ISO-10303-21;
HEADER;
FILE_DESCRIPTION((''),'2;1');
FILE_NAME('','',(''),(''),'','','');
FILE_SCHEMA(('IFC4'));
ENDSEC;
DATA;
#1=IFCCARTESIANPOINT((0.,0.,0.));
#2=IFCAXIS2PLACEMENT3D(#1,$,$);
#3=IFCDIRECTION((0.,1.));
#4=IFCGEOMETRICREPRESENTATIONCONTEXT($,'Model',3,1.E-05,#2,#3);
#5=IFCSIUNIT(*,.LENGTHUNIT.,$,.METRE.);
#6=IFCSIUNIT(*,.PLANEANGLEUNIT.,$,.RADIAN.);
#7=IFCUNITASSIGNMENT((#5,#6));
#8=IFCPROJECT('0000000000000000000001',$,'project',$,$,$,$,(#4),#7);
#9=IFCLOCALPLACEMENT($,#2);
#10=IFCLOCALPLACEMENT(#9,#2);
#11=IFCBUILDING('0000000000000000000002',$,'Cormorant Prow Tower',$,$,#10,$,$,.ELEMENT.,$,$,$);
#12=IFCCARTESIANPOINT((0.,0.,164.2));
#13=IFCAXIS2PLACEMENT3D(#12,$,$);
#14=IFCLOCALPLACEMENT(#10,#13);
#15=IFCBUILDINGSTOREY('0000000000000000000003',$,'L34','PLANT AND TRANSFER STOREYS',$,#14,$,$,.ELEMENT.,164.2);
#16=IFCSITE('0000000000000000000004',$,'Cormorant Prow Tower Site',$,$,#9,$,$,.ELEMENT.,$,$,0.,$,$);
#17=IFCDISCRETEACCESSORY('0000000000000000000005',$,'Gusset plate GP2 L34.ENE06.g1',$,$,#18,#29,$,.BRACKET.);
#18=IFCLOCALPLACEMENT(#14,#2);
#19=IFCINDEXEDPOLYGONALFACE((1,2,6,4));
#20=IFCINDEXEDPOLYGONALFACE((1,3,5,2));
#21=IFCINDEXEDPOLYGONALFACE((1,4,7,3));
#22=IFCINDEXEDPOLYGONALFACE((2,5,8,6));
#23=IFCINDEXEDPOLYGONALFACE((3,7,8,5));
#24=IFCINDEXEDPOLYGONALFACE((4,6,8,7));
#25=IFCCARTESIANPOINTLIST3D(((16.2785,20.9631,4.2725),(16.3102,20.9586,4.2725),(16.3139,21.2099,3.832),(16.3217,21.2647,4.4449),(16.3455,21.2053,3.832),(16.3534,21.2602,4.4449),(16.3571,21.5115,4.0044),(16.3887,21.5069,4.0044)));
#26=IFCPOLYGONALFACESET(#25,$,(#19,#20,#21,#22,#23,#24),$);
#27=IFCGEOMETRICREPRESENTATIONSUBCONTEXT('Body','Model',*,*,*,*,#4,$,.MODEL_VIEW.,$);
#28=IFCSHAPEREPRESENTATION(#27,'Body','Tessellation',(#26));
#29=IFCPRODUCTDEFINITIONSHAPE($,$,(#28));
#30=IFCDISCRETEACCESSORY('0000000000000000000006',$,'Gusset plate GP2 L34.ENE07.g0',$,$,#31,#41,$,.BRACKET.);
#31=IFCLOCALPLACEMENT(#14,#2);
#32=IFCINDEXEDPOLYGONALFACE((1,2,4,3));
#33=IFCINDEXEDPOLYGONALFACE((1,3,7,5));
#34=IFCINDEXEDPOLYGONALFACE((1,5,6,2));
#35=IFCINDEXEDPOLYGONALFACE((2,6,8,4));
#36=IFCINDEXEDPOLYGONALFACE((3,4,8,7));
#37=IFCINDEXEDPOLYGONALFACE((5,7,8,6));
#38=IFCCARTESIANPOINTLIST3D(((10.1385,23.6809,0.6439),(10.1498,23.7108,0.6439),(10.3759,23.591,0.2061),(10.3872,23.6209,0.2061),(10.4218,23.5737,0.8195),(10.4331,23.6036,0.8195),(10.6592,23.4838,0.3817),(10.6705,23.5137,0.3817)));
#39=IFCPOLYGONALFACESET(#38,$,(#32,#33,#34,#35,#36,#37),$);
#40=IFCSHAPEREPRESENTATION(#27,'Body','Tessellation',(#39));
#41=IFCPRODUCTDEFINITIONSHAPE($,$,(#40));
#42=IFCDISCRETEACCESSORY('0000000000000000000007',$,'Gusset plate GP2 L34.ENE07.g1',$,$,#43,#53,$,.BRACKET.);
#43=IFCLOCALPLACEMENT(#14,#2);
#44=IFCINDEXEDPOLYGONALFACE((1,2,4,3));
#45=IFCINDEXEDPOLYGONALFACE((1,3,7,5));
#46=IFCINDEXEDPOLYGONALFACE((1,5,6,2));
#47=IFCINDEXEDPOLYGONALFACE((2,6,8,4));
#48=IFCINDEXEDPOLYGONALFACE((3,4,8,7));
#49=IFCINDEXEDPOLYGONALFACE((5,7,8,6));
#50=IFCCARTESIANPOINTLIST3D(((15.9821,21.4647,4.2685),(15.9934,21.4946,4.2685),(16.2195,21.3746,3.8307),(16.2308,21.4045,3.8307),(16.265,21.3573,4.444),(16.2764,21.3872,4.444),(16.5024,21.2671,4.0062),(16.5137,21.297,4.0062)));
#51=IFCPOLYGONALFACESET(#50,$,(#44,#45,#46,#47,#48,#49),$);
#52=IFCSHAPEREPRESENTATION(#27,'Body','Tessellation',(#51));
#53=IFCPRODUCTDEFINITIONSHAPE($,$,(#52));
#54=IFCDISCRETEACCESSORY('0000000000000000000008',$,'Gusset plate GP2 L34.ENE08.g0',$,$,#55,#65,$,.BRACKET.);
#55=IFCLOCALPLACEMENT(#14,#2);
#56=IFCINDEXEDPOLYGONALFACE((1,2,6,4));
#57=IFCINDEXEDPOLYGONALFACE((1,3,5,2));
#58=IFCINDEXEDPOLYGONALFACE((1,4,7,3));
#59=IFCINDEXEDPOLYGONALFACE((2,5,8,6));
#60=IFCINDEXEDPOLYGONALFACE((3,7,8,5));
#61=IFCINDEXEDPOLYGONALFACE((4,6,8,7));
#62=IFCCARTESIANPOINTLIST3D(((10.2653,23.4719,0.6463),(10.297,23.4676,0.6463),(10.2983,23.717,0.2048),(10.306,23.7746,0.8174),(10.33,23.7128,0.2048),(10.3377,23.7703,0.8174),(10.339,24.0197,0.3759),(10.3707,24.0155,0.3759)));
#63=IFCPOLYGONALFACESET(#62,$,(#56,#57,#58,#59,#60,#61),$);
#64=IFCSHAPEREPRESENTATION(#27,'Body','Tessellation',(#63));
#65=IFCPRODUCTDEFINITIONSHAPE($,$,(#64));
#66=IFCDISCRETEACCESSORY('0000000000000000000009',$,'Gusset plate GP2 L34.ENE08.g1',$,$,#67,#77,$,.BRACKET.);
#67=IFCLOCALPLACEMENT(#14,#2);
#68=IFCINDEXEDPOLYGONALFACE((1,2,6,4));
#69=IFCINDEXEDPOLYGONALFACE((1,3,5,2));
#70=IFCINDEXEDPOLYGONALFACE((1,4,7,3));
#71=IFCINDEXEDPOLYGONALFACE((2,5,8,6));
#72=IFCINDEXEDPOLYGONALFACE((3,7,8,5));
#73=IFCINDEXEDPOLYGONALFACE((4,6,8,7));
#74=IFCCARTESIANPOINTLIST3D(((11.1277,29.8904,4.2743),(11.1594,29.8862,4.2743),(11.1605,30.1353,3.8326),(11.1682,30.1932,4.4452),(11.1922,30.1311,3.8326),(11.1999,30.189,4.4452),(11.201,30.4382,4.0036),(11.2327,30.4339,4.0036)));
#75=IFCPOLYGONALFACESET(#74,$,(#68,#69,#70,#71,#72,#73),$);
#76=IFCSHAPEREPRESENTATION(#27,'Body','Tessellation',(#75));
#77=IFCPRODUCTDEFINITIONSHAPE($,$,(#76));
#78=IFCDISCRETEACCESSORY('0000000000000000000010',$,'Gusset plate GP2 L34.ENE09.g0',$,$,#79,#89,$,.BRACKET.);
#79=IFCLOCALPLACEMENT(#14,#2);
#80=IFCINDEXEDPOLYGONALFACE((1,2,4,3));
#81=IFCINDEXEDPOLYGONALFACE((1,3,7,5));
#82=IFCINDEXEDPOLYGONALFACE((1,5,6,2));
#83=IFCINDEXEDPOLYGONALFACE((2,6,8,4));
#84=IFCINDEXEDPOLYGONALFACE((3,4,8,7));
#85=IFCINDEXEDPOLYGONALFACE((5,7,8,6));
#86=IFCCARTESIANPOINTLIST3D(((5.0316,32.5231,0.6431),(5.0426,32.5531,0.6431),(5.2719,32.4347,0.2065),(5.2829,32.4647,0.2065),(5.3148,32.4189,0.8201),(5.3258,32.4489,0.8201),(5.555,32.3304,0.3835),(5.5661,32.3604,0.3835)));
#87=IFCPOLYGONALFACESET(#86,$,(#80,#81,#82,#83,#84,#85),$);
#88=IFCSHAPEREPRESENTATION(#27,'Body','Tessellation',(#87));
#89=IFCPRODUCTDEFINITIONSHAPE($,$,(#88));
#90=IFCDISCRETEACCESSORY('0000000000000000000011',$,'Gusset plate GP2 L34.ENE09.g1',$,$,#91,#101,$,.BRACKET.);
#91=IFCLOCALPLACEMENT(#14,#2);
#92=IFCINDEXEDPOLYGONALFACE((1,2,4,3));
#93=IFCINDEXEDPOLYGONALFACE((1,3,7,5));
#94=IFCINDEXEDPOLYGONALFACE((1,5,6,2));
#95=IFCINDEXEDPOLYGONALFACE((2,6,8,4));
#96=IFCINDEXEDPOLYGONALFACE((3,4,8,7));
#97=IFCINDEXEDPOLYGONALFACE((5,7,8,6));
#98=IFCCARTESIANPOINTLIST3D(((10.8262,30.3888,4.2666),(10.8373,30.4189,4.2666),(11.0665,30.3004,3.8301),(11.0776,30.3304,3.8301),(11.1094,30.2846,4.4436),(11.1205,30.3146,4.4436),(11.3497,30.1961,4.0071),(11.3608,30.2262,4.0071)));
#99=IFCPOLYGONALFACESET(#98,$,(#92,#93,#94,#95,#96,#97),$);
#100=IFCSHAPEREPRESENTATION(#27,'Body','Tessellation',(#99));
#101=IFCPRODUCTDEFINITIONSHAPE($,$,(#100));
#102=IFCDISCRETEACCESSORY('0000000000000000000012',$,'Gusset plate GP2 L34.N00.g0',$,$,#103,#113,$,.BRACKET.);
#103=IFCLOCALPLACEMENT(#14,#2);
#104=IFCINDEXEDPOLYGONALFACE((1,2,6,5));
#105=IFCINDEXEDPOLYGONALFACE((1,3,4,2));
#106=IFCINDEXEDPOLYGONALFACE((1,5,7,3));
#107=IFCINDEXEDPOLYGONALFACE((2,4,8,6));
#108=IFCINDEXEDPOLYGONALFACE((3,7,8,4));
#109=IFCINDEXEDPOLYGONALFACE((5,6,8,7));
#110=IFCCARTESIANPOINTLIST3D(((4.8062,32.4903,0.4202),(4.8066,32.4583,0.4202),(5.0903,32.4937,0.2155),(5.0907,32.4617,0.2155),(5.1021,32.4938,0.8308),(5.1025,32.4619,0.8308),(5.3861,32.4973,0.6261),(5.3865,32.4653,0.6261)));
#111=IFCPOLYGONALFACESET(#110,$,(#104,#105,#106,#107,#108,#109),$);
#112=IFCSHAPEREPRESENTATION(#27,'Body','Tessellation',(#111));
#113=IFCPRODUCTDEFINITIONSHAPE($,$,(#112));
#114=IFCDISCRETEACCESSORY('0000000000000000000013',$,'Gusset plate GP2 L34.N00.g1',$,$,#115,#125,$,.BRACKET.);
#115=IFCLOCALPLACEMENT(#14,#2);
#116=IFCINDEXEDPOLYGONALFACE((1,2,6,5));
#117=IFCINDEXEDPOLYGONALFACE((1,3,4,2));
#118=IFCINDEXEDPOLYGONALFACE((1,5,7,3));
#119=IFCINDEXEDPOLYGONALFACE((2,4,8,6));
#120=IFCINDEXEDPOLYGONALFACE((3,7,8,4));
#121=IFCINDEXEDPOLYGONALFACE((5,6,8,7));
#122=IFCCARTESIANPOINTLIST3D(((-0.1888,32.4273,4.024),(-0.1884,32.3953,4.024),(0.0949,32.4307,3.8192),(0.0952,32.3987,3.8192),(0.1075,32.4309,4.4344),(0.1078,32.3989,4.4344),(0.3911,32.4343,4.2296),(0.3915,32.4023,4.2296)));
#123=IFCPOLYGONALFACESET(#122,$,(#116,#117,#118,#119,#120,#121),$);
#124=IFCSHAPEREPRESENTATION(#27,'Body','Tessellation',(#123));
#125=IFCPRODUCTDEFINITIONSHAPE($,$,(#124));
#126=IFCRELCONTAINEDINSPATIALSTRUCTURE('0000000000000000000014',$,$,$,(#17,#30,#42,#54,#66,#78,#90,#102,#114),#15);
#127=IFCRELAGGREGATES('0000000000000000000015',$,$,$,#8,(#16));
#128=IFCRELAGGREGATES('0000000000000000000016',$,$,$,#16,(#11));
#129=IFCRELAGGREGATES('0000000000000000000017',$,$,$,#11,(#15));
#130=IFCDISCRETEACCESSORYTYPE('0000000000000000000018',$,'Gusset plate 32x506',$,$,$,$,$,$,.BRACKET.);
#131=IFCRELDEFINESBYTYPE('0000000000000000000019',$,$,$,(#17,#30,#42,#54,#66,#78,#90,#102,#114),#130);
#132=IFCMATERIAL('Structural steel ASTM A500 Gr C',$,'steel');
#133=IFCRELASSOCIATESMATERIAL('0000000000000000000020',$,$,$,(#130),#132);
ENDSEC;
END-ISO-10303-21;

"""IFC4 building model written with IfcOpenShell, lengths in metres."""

from ifc_helpers import new_model, si_unit, direction, frame, origin, origin_2d, place, context, subcontext, project, spatial, rectangle, extrude, material, material_profile, profile_set, type_object, element, save


model = new_model("IFC4")

# Units and contexts
model_context = context("Model", 3, precision=1e-05, world=origin(), true_north=direction((0.0, 1.0)))
body_context = subcontext(model_context, "Body", "Model", "MODEL_VIEW")
ifc_project = project(units=[si_unit("LENGTHUNIT", "METRE"), si_unit("PLANEANGLEUNIT", "RADIAN")], contexts=[model_context])

# Site, building, storey
site_placement = place(None, origin())
site = spatial("IfcSite", under=ifc_project, at=site_placement, Name="Cormorant Prow Tower Site", CompositionType="ELEMENT", RefElevation=0.0)
building_placement = place(site_placement, origin())
building = spatial("IfcBuilding", under=site, at=building_placement, Name="Cormorant Prow Tower", CompositionType="ELEMENT")
storey_placement = place(building_placement, frame((0.0, 0.0, 164.2)))
storey = spatial("IfcBuildingStorey", under=building, at=storey_placement, Name="L34", Description="PLANT AND TRANSFER STOREYS", CompositionType="ELEMENT", Elevation=164.2)

# Discrete accessories
ifc_material_1 = material(Name="Structural steel ASTM A500 Gr C", Category="steel")
ifc_material_profile_1 = material_profile(ifc_material_1, rectangle(XDim=0.032, YDim=0.5061, at=origin_2d()), Name="Gusset plate 32x506")
ifc_profile_set_1 = profile_set([ifc_material_profile_1], Name="Structural steel ASTM A500 Gr C")
discrete_accessory_type = type_object("IfcDiscreteAccessoryType", Name="Gusset plate 32x506", PredefinedType="BRACKET", material=ifc_profile_set_1)
for number, where, z_axis, x_axis, name in (
    (1, (16.312, 21.0842, 4.0522), (0.123472, 0.861514, 0.492493), (-0.989885, 0.14187, 0.0), "Gusset plate GP2 L34.ENE06.g1"),
    (2, (10.5461, 23.5437, 0.6006), (-0.809137, 0.306217, -0.501526), (-0.353949, -0.935265, 0.0), "Gusset plate GP2 L34.ENE07.g0"),
):
    element("IfcDiscreteAccessory", number, at=place(storey_placement, frame(where, z_axis=z_axis, x_axis=x_axis)), inside=storey, type_object=discrete_accessory_type, Name=name, PredefinedType="BRACKET", context=body_context, shape_type="SweptSolid", body=[
        extrude(rectangle(XDim=0.032, YDim=0.5061, at=origin_2d()), origin(), (0.0, 0.0, 1.0), 0.3501),
    ])
discrete_accessory_1_placement = place(storey_placement, frame((16.1064, 21.4346, 4.0496), z_axis=(0.808723, -0.307022, 0.501701), x_axis=(0.354922, 0.934896, 0.0)))
element("IfcDiscreteAccessory", 3, at=discrete_accessory_1_placement, inside=storey, type_object=discrete_accessory_type, Name="Gusset plate GP2 L34.ENE07.g1", PredefinedType="BRACKET", context=body_context, shape_type="SweptSolid", body=[
    extrude(rectangle(XDim=0.032, YDim=0.5061, at=origin_2d()), origin(), (0.0, 0.0, 1.0), 0.3499),
])
for number, where, z_axis, x_axis, name in (
    (4, (10.3384, 23.895, 0.5967), (-0.116442, -0.864602, -0.488779), (0.991053, -0.133472, 0.0), "Gusset plate GP2 L34.ENE08.g0"),
    (5, (11.1599, 30.0107, 4.0535), (0.115794, 0.864967, 0.488288), (-0.991158, 0.132687, 0.0), "Gusset plate GP2 L34.ENE08.g1"),
):
    element("IfcDiscreteAccessory", number, at=place(storey_placement, frame(where, z_axis=z_axis, x_axis=x_axis)), inside=storey, type_object=discrete_accessory_type, Name=name, PredefinedType="BRACKET", context=body_context, shape_type="SweptSolid", body=[
        extrude(rectangle(XDim=0.032, YDim=0.5061, at=origin_2d()), origin(), (0.0, 0.0, 1.0), 0.3501),
    ])
for number, where, z_axis, x_axis, name in (
    (6, (5.4404, 32.3896, 0.6018), (-0.809478, 0.297972, -0.505924), (-0.345443, -0.93844, 0.0), "Gusset plate GP2 L34.ENE09.g0"),
    (7, (10.9519, 30.3596, 4.0483), (0.809478, -0.297972, 0.505924), (0.345443, 0.93844, 0.0), "Gusset plate GP2 L34.ENE09.g1"),
):
    element("IfcDiscreteAccessory", number, at=place(storey_placement, frame(where, z_axis=z_axis, x_axis=x_axis)), inside=storey, type_object=discrete_accessory_type, Name=name, PredefinedType="BRACKET", context=body_context, shape_type="SweptSolid", body=[
        extrude(rectangle(XDim=0.032, YDim=0.5061, at=origin_2d()), origin(), (0.0, 0.0, 1.0), 0.3499),
    ])
discrete_accessory_2_placement = place(storey_placement, frame((4.9543, 32.4761, 0.6255), z_axis=(0.811284, 0.009766, -0.584571), x_axis=(-0.012037, 0.999928, 0.0)))
element("IfcDiscreteAccessory", 8, at=discrete_accessory_2_placement, inside=storey, type_object=discrete_accessory_type, Name="Gusset plate GP2 L34.N00.g0", PredefinedType="BRACKET", context=body_context, shape_type="SweptSolid", body=[
    extrude(rectangle(XDim=0.032, YDim=0.5061, at=origin_2d()), origin(), (0.0, 0.0, 1.0), 0.3501),
])
discrete_accessory_3_placement = place(storey_placement, frame((0.2432, 32.4165, 4.0244), z_axis=(-0.810714, -0.009768, 0.585361), x_axis=(0.012047, -0.999927, 0.0)))
element("IfcDiscreteAccessory", 9, at=discrete_accessory_3_placement, inside=storey, type_object=discrete_accessory_type, Name="Gusset plate GP2 L34.N00.g1", PredefinedType="BRACKET", context=body_context, shape_type="SweptSolid", body=[
    extrude(rectangle(XDim=0.032, YDim=0.5061, at=origin_2d()), origin(), (0.0, 0.0, 1.0), 0.3499),
])

save(model, "model.ifc")
